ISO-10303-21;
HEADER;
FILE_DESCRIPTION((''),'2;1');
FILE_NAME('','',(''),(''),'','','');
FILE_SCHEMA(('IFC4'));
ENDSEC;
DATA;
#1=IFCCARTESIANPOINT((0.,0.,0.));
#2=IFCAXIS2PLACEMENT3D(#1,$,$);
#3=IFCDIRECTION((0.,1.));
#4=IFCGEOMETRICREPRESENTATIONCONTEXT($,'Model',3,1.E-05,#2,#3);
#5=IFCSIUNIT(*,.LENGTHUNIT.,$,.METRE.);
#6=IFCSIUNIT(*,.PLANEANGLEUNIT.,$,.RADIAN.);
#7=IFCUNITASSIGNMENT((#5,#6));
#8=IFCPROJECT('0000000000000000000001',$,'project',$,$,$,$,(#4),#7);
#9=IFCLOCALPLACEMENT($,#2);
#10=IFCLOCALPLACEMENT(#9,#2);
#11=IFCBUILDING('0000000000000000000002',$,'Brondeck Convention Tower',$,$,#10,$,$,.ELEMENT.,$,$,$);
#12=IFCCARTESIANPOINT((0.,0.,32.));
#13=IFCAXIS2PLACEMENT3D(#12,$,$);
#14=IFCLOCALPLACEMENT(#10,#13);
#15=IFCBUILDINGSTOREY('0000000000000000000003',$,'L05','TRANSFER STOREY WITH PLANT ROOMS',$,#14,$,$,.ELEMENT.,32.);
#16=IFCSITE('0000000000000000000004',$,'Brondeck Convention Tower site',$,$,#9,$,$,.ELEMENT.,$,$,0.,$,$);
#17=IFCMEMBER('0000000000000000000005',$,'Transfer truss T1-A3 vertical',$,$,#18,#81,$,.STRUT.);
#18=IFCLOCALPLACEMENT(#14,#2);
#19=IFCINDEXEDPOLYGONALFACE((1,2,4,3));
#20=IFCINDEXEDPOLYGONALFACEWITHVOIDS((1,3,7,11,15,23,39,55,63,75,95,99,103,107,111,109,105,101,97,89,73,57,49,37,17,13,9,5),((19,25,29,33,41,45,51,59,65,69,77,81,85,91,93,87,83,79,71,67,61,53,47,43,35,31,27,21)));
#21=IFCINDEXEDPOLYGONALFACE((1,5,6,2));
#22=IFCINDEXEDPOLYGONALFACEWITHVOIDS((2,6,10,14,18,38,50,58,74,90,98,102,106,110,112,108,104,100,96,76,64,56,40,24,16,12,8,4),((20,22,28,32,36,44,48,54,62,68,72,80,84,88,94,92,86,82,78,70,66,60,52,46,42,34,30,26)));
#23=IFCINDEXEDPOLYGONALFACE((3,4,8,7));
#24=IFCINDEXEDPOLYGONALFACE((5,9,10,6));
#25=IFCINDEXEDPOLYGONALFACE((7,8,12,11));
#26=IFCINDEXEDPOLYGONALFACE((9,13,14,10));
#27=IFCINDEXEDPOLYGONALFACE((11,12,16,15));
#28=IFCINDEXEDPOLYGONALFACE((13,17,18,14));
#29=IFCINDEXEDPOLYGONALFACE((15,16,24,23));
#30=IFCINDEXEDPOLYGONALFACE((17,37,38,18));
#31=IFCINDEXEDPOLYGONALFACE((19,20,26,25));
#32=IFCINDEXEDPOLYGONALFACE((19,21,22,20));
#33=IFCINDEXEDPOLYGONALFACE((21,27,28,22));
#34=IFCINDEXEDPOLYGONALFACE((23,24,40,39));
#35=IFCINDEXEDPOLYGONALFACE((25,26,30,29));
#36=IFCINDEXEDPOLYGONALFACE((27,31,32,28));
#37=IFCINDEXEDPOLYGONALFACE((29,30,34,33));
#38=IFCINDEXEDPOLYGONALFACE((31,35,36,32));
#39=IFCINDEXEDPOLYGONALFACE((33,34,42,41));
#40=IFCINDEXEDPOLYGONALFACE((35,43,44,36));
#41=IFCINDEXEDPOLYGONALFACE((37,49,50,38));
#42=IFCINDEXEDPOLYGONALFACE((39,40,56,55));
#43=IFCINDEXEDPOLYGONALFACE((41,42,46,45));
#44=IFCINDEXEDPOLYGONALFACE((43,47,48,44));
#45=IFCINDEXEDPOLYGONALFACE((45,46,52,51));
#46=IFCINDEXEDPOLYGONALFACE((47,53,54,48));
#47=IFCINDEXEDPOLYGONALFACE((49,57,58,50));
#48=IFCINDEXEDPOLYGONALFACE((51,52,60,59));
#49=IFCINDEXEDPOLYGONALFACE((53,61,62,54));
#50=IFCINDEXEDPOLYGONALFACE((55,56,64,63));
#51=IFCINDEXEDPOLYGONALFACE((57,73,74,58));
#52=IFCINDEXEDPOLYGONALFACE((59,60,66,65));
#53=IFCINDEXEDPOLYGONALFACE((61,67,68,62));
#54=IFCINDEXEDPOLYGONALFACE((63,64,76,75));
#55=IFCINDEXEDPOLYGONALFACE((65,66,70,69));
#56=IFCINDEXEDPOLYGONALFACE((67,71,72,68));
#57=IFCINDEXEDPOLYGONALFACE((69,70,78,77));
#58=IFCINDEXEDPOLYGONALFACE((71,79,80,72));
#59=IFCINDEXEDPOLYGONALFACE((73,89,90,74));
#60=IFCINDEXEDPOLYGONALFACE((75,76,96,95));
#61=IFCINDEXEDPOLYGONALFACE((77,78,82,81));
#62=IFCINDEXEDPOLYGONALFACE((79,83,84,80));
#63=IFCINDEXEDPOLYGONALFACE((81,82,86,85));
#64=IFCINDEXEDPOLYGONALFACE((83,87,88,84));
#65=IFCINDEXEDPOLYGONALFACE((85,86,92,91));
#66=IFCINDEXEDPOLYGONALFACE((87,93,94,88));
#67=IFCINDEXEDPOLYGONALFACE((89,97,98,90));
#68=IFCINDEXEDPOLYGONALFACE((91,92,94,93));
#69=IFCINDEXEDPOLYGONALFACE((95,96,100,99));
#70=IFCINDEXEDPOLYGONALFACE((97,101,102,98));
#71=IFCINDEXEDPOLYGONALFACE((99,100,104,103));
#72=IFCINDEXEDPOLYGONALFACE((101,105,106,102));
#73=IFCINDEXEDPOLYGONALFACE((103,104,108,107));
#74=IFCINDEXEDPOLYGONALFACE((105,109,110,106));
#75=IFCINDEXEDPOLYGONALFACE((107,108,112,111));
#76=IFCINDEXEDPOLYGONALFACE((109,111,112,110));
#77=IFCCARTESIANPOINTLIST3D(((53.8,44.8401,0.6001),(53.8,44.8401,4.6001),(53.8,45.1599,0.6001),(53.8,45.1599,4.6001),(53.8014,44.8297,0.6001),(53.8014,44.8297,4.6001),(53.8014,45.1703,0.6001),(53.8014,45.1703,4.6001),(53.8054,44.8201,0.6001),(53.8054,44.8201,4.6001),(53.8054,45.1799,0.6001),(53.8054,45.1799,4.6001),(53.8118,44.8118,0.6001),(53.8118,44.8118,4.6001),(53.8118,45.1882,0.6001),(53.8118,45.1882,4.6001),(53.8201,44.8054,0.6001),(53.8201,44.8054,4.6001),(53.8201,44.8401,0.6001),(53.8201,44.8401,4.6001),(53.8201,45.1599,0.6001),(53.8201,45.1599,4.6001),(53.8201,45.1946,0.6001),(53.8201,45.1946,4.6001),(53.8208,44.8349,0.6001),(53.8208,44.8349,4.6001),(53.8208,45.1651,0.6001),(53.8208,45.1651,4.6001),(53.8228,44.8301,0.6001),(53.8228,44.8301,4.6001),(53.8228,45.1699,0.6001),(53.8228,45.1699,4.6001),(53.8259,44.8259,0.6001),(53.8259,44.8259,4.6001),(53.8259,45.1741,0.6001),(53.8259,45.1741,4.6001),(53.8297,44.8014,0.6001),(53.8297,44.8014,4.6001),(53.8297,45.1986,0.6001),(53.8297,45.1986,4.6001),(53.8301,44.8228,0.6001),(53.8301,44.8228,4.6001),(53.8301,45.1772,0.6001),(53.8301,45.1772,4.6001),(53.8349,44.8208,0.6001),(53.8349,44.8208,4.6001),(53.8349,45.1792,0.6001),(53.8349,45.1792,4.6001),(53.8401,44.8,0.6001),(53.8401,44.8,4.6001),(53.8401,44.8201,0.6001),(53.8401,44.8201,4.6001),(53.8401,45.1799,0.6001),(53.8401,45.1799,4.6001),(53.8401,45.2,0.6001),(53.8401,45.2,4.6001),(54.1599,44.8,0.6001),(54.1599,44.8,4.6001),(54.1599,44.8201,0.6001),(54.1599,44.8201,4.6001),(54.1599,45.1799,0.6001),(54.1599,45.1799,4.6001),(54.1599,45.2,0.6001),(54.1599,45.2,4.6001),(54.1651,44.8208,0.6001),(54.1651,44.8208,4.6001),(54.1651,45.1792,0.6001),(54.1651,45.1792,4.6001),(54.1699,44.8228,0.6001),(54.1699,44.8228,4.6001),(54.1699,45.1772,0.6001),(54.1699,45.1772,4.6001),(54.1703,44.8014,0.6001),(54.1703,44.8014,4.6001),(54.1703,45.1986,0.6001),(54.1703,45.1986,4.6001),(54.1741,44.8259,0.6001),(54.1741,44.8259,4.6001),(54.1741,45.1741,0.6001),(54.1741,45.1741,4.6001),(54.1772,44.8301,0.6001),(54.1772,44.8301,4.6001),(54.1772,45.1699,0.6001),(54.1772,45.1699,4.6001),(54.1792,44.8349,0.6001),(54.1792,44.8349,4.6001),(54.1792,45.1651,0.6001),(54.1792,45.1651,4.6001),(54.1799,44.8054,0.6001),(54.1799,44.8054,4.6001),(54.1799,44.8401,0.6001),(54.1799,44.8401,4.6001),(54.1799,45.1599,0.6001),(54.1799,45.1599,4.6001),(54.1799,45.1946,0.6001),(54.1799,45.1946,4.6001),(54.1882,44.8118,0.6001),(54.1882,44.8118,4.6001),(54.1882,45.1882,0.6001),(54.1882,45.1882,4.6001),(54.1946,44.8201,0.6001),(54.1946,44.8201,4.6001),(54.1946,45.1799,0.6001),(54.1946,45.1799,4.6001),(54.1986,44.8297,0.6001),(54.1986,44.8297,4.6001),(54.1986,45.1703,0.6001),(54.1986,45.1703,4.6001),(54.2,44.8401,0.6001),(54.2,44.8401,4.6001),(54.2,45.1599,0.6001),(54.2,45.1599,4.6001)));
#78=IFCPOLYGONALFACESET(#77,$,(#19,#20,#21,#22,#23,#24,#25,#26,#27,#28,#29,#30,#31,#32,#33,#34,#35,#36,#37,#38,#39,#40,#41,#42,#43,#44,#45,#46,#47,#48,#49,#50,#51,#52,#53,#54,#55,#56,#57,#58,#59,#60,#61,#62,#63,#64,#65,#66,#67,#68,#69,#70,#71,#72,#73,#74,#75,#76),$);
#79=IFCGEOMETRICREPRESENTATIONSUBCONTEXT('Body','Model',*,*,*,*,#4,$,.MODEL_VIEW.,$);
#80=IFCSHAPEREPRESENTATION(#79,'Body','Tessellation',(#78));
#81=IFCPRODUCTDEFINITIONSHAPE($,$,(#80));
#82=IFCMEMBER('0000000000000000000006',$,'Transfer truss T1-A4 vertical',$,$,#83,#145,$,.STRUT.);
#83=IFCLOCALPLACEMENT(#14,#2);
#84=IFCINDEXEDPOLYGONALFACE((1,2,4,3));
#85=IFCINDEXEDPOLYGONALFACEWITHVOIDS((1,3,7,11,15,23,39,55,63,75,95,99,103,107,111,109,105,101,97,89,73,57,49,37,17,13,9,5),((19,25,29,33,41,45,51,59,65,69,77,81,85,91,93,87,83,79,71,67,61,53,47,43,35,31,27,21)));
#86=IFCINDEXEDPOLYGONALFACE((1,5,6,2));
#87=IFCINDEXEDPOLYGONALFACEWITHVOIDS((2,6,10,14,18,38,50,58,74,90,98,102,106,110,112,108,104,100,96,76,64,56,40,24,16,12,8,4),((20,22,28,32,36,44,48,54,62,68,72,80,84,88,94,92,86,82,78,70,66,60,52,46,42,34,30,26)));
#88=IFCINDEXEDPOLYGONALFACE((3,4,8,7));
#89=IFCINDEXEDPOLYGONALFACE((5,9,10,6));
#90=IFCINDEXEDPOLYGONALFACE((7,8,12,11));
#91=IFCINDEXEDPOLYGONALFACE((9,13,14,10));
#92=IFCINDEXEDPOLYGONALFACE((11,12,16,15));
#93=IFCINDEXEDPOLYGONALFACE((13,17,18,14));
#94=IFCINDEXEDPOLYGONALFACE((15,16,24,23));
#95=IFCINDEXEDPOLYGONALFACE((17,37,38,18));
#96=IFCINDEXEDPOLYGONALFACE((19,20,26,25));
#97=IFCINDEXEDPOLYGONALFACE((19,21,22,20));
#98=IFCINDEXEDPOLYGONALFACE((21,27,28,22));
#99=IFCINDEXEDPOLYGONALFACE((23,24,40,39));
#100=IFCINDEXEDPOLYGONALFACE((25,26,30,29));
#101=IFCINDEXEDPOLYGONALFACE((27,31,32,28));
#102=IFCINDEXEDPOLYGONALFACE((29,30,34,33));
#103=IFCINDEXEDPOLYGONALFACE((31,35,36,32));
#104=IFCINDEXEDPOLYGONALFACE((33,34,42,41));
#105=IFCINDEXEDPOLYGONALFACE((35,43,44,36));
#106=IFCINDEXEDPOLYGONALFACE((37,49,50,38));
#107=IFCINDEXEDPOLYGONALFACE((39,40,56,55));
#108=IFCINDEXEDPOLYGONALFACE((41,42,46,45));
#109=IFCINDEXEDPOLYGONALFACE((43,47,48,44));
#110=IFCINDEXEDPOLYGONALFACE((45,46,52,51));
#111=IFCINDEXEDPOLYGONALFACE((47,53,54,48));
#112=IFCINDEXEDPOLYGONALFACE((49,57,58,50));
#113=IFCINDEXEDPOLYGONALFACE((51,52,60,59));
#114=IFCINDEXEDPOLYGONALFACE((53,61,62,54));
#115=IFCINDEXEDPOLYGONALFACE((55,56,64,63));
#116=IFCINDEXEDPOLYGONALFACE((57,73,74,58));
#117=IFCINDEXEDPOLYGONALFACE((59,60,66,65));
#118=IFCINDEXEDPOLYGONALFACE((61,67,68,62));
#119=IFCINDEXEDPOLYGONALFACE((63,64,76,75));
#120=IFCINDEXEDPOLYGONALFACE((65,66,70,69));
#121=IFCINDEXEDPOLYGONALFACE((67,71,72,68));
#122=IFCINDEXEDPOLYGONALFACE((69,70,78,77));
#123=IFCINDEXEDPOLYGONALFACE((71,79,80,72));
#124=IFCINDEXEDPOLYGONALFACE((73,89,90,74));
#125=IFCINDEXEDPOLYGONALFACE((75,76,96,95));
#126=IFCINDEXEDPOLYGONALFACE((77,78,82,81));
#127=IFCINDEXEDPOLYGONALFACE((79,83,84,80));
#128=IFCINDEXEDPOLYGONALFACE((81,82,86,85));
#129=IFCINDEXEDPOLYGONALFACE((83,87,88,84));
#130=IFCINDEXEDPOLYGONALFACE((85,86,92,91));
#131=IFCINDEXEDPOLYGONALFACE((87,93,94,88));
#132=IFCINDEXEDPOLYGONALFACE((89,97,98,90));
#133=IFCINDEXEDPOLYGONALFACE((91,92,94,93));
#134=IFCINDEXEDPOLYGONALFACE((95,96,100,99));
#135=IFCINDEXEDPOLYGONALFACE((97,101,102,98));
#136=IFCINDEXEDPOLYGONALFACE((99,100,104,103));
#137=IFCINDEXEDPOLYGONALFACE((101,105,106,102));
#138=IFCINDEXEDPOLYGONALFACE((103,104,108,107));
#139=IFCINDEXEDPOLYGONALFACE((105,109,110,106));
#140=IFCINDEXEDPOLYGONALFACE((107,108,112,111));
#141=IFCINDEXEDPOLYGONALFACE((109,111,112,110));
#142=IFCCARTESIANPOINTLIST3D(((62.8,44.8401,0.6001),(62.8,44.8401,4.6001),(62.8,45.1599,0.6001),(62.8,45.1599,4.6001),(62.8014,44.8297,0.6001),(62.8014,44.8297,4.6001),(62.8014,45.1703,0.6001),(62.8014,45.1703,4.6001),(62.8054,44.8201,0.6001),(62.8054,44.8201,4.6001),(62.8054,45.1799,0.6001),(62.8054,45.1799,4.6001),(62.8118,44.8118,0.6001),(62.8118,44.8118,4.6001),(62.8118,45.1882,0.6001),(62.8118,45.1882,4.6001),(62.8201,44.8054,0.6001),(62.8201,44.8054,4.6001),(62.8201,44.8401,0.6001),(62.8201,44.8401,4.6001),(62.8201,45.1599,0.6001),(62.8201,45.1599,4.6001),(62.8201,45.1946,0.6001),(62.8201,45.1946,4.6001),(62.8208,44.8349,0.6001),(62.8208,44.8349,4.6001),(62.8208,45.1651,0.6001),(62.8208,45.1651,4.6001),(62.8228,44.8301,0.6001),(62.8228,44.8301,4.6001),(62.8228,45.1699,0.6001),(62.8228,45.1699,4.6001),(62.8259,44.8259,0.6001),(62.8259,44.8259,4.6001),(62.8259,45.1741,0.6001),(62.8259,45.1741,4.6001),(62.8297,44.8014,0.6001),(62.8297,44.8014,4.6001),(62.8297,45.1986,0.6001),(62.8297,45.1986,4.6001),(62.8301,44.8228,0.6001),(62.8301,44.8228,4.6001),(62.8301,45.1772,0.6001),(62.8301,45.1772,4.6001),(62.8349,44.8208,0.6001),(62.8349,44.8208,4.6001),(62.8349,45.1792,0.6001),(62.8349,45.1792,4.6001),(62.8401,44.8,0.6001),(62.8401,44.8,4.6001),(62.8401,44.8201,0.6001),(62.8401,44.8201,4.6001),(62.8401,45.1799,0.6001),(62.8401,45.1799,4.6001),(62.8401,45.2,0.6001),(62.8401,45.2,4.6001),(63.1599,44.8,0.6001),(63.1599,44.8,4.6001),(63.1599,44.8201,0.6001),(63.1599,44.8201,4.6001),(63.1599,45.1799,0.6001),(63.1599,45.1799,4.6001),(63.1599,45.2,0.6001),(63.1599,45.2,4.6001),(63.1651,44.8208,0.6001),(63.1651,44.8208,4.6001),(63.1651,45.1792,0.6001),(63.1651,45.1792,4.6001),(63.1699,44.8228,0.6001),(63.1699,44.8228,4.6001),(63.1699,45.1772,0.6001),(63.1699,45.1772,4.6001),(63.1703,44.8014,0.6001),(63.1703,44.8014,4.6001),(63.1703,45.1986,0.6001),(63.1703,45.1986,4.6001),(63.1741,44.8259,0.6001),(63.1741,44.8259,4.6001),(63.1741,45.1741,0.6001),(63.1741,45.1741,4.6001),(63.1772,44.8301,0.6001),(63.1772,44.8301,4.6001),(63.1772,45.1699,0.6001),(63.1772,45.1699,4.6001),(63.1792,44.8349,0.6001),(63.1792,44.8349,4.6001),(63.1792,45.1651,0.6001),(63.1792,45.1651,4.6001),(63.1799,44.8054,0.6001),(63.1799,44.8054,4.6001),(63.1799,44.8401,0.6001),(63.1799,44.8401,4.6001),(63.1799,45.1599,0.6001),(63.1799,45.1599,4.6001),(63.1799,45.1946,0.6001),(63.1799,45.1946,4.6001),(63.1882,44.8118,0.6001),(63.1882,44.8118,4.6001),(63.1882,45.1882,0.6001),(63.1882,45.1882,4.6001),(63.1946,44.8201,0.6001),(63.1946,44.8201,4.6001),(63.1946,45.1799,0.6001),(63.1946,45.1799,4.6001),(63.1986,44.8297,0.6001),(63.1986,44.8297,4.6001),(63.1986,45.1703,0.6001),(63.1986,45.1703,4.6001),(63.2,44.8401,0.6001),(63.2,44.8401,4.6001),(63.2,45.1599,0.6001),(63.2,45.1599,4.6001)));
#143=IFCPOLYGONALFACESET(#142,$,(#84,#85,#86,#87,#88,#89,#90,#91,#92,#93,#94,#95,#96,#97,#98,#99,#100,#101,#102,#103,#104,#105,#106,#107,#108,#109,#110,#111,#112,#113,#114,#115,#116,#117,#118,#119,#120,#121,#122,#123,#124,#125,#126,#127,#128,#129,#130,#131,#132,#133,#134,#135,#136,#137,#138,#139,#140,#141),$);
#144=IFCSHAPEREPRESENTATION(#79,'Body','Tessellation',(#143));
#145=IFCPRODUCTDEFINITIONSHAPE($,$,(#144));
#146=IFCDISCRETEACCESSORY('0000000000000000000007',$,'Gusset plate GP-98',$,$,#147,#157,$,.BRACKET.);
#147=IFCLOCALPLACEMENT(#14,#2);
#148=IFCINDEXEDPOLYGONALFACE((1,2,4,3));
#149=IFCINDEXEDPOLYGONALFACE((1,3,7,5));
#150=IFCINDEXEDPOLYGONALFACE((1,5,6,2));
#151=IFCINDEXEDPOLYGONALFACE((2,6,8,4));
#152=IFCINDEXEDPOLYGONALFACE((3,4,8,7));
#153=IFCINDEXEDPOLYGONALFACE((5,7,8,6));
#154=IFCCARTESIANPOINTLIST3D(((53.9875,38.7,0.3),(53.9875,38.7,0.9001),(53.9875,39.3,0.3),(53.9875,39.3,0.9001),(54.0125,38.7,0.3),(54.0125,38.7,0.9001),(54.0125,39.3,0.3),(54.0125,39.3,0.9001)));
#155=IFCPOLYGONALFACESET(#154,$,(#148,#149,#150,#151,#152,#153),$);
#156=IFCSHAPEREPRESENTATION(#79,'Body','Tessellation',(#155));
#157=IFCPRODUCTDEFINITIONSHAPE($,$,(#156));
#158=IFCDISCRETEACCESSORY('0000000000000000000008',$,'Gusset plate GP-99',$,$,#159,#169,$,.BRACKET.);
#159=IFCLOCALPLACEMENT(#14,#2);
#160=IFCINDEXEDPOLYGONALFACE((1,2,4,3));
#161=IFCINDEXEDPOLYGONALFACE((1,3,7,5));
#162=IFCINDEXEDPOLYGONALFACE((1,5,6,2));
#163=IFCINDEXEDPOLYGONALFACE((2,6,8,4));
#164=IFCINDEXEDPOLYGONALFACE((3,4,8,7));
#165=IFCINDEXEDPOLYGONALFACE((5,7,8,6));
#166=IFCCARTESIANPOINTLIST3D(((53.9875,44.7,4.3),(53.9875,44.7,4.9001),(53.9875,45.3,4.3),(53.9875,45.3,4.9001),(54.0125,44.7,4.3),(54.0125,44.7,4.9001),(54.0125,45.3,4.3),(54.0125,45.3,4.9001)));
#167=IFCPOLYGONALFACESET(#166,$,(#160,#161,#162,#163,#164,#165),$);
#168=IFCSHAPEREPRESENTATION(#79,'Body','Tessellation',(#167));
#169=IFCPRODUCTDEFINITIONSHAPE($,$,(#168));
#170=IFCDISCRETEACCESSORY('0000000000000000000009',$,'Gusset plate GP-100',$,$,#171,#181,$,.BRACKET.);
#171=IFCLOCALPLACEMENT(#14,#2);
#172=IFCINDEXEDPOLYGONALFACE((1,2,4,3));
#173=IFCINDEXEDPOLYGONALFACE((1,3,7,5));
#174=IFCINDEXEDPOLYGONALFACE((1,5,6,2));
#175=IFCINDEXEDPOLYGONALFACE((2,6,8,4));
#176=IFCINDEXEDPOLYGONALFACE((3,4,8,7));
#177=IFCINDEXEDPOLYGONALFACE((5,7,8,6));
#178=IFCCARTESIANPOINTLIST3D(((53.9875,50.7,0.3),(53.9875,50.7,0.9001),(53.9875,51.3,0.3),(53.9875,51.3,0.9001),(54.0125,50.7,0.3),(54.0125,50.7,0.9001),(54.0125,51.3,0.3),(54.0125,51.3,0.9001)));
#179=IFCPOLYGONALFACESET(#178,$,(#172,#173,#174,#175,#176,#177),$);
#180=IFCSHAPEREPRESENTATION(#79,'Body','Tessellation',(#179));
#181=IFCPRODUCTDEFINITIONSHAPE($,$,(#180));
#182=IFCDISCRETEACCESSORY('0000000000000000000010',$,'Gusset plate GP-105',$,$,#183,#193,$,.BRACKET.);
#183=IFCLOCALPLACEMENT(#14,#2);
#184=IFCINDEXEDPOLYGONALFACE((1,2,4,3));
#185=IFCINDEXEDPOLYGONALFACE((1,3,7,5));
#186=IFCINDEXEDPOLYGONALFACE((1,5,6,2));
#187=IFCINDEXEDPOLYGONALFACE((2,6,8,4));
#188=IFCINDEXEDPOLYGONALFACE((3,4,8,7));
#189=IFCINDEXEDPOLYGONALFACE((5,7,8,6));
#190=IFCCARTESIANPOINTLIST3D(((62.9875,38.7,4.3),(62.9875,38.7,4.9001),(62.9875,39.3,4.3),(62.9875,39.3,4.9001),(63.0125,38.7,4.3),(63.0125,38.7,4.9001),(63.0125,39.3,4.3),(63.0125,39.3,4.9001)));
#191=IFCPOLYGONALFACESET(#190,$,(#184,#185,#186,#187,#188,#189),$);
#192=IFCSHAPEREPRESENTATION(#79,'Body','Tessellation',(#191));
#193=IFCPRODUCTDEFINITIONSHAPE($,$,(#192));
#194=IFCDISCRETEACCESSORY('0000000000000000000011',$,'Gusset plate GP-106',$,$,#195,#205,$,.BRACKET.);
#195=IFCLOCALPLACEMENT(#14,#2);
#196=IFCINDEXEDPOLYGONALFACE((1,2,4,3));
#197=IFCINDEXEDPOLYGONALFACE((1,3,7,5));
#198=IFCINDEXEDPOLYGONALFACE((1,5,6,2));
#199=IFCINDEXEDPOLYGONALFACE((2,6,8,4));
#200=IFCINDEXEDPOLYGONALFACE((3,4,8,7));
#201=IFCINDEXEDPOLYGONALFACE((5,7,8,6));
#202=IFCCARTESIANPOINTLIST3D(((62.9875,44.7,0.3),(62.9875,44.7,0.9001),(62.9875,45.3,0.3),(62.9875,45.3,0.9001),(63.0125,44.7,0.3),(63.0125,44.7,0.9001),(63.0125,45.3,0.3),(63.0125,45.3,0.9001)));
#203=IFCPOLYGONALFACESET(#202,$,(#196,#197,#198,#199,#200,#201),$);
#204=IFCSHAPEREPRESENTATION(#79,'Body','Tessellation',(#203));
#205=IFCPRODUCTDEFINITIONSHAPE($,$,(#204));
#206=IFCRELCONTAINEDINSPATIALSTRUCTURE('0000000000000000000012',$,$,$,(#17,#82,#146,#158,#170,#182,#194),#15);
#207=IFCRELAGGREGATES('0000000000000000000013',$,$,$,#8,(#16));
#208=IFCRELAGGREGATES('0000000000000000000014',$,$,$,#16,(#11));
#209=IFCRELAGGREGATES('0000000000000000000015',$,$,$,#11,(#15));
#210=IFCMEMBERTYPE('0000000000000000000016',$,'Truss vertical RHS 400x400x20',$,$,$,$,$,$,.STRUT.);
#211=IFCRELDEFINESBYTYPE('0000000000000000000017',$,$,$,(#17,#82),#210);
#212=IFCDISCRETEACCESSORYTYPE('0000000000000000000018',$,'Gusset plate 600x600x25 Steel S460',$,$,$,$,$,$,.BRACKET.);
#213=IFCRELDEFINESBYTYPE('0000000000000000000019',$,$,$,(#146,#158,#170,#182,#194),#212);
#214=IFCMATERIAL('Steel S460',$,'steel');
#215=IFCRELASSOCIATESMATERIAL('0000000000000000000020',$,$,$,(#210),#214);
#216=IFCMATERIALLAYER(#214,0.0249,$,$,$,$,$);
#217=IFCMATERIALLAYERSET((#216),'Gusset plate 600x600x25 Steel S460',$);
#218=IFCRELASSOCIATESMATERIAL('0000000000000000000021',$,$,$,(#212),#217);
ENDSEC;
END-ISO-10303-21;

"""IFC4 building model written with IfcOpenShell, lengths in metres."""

from ifc_helpers import new_model, si_unit, direction, frame, origin, origin_2d, place, context, subcontext, project, spatial, rectangle, hollow_rectangle, extrude, material, layer, layer_set, material_profile, profile_set, type_object, element, save


model = new_model("IFC4")

# Units and contexts
model_context = context("Model", 3, precision=1e-05, world=origin(), true_north=direction((0.0, 1.0)))
body_context = subcontext(model_context, "Body", "Model", "MODEL_VIEW")
ifc_project = project(units=[si_unit("LENGTHUNIT", "METRE"), si_unit("PLANEANGLEUNIT", "RADIAN")], contexts=[model_context])

# Site, building, storey
site_placement = place(None, origin())
site = spatial("IfcSite", under=ifc_project, at=site_placement, Name="Brondeck Convention Tower site", CompositionType="ELEMENT", RefElevation=0.0)
building_placement = place(site_placement, origin())
building = spatial("IfcBuilding", under=site, at=building_placement, Name="Brondeck Convention Tower", CompositionType="ELEMENT")
storey_placement = place(building_placement, frame((0.0, 0.0, 32.0)))
storey = spatial("IfcBuildingStorey", under=building, at=storey_placement, Name="L05", Description="TRANSFER STOREY WITH PLANT ROOMS", CompositionType="ELEMENT", Elevation=32.0)

# Shared definitions
ifc_material_1 = material(Name="Steel S460", Category="steel")

# Members
ifc_material_profile_1 = material_profile(ifc_material_1, hollow_rectangle(XDim=0.3999, YDim=0.3999, WallThickness=0.02, InnerFilletRadius=0.02, OuterFilletRadius=0.04, at=origin_2d()), Name="RHS 400x400x20")
ifc_profile_set_1 = profile_set([ifc_material_profile_1], Name="Steel S460")
member_type_1 = type_object("IfcMemberType", Name="Truss vertical RHS 400x400x20", PredefinedType="STRUT", material=ifc_profile_set_1)
for number, where, z_axis, x_axis, name in (
    (1, (54.0, 45.0, 0.6001), (0.0, 0.0, 1.0), (1.0, 0.0, 0.0), "Transfer truss T1-A3 vertical"),
    (2, (63.0, 45.0, 0.6001), (0.0, 0.0, 1.0), (1.0, 0.0, 0.0), "Transfer truss T1-A4 vertical"),
):
    element("IfcMember", number, at=place(storey_placement, frame(where, z_axis=z_axis, x_axis=x_axis)), inside=storey, type_object=member_type_1, Name=name, PredefinedType="STRUT", context=body_context, shape_type="SweptSolid", body=[
        extrude(hollow_rectangle(XDim=0.3999, YDim=0.3999, WallThickness=0.02, InnerFilletRadius=0.02, OuterFilletRadius=0.04, at=origin_2d()), origin(), (0.0, 0.0, 1.0), 4.0),
    ])

# Discrete accessories
ifc_layer = layer(ifc_material_1, 0.0249)
ifc_layer_set = layer_set([ifc_layer], Name="Gusset plate 600x600x25 Steel S460")
discrete_accessory_type = type_object("IfcDiscreteAccessoryType", Name="Gusset plate 600x600x25 Steel S460", PredefinedType="BRACKET", material=ifc_layer_set)
for number, where, z_axis, x_axis, name in (
    (3, (54.0, 39.0, 0.3), (0.0, 0.0, 1.0), (0.0, 1.0, 0.0), "Gusset plate GP-98"),
    (4, (54.0, 45.0, 4.3), (0.0, 0.0, 1.0), (0.0, 1.0, 0.0), "Gusset plate GP-99"),
    (5, (54.0, 51.0, 0.3), (0.0, 0.0, 1.0), (0.0, 1.0, 0.0), "Gusset plate GP-100"),
    (6, (63.0, 39.0, 4.3), (0.0, 0.0, 1.0), (0.0, 1.0, 0.0), "Gusset plate GP-105"),
    (7, (63.0, 45.0, 0.3), (0.0, 0.0, 1.0), (0.0, 1.0, 0.0), "Gusset plate GP-106"),
):
    element("IfcDiscreteAccessory", number, at=place(storey_placement, frame(where, z_axis=z_axis, x_axis=x_axis)), inside=storey, type_object=discrete_accessory_type, Name=name, PredefinedType="BRACKET", context=body_context, shape_type="SweptSolid", body=[
        extrude(rectangle(XDim=0.6001, YDim=0.0249, at=origin_2d()), origin(), (0.0, 0.0, 1.0), 0.6001),
    ])

save(model, "model.ifc")
